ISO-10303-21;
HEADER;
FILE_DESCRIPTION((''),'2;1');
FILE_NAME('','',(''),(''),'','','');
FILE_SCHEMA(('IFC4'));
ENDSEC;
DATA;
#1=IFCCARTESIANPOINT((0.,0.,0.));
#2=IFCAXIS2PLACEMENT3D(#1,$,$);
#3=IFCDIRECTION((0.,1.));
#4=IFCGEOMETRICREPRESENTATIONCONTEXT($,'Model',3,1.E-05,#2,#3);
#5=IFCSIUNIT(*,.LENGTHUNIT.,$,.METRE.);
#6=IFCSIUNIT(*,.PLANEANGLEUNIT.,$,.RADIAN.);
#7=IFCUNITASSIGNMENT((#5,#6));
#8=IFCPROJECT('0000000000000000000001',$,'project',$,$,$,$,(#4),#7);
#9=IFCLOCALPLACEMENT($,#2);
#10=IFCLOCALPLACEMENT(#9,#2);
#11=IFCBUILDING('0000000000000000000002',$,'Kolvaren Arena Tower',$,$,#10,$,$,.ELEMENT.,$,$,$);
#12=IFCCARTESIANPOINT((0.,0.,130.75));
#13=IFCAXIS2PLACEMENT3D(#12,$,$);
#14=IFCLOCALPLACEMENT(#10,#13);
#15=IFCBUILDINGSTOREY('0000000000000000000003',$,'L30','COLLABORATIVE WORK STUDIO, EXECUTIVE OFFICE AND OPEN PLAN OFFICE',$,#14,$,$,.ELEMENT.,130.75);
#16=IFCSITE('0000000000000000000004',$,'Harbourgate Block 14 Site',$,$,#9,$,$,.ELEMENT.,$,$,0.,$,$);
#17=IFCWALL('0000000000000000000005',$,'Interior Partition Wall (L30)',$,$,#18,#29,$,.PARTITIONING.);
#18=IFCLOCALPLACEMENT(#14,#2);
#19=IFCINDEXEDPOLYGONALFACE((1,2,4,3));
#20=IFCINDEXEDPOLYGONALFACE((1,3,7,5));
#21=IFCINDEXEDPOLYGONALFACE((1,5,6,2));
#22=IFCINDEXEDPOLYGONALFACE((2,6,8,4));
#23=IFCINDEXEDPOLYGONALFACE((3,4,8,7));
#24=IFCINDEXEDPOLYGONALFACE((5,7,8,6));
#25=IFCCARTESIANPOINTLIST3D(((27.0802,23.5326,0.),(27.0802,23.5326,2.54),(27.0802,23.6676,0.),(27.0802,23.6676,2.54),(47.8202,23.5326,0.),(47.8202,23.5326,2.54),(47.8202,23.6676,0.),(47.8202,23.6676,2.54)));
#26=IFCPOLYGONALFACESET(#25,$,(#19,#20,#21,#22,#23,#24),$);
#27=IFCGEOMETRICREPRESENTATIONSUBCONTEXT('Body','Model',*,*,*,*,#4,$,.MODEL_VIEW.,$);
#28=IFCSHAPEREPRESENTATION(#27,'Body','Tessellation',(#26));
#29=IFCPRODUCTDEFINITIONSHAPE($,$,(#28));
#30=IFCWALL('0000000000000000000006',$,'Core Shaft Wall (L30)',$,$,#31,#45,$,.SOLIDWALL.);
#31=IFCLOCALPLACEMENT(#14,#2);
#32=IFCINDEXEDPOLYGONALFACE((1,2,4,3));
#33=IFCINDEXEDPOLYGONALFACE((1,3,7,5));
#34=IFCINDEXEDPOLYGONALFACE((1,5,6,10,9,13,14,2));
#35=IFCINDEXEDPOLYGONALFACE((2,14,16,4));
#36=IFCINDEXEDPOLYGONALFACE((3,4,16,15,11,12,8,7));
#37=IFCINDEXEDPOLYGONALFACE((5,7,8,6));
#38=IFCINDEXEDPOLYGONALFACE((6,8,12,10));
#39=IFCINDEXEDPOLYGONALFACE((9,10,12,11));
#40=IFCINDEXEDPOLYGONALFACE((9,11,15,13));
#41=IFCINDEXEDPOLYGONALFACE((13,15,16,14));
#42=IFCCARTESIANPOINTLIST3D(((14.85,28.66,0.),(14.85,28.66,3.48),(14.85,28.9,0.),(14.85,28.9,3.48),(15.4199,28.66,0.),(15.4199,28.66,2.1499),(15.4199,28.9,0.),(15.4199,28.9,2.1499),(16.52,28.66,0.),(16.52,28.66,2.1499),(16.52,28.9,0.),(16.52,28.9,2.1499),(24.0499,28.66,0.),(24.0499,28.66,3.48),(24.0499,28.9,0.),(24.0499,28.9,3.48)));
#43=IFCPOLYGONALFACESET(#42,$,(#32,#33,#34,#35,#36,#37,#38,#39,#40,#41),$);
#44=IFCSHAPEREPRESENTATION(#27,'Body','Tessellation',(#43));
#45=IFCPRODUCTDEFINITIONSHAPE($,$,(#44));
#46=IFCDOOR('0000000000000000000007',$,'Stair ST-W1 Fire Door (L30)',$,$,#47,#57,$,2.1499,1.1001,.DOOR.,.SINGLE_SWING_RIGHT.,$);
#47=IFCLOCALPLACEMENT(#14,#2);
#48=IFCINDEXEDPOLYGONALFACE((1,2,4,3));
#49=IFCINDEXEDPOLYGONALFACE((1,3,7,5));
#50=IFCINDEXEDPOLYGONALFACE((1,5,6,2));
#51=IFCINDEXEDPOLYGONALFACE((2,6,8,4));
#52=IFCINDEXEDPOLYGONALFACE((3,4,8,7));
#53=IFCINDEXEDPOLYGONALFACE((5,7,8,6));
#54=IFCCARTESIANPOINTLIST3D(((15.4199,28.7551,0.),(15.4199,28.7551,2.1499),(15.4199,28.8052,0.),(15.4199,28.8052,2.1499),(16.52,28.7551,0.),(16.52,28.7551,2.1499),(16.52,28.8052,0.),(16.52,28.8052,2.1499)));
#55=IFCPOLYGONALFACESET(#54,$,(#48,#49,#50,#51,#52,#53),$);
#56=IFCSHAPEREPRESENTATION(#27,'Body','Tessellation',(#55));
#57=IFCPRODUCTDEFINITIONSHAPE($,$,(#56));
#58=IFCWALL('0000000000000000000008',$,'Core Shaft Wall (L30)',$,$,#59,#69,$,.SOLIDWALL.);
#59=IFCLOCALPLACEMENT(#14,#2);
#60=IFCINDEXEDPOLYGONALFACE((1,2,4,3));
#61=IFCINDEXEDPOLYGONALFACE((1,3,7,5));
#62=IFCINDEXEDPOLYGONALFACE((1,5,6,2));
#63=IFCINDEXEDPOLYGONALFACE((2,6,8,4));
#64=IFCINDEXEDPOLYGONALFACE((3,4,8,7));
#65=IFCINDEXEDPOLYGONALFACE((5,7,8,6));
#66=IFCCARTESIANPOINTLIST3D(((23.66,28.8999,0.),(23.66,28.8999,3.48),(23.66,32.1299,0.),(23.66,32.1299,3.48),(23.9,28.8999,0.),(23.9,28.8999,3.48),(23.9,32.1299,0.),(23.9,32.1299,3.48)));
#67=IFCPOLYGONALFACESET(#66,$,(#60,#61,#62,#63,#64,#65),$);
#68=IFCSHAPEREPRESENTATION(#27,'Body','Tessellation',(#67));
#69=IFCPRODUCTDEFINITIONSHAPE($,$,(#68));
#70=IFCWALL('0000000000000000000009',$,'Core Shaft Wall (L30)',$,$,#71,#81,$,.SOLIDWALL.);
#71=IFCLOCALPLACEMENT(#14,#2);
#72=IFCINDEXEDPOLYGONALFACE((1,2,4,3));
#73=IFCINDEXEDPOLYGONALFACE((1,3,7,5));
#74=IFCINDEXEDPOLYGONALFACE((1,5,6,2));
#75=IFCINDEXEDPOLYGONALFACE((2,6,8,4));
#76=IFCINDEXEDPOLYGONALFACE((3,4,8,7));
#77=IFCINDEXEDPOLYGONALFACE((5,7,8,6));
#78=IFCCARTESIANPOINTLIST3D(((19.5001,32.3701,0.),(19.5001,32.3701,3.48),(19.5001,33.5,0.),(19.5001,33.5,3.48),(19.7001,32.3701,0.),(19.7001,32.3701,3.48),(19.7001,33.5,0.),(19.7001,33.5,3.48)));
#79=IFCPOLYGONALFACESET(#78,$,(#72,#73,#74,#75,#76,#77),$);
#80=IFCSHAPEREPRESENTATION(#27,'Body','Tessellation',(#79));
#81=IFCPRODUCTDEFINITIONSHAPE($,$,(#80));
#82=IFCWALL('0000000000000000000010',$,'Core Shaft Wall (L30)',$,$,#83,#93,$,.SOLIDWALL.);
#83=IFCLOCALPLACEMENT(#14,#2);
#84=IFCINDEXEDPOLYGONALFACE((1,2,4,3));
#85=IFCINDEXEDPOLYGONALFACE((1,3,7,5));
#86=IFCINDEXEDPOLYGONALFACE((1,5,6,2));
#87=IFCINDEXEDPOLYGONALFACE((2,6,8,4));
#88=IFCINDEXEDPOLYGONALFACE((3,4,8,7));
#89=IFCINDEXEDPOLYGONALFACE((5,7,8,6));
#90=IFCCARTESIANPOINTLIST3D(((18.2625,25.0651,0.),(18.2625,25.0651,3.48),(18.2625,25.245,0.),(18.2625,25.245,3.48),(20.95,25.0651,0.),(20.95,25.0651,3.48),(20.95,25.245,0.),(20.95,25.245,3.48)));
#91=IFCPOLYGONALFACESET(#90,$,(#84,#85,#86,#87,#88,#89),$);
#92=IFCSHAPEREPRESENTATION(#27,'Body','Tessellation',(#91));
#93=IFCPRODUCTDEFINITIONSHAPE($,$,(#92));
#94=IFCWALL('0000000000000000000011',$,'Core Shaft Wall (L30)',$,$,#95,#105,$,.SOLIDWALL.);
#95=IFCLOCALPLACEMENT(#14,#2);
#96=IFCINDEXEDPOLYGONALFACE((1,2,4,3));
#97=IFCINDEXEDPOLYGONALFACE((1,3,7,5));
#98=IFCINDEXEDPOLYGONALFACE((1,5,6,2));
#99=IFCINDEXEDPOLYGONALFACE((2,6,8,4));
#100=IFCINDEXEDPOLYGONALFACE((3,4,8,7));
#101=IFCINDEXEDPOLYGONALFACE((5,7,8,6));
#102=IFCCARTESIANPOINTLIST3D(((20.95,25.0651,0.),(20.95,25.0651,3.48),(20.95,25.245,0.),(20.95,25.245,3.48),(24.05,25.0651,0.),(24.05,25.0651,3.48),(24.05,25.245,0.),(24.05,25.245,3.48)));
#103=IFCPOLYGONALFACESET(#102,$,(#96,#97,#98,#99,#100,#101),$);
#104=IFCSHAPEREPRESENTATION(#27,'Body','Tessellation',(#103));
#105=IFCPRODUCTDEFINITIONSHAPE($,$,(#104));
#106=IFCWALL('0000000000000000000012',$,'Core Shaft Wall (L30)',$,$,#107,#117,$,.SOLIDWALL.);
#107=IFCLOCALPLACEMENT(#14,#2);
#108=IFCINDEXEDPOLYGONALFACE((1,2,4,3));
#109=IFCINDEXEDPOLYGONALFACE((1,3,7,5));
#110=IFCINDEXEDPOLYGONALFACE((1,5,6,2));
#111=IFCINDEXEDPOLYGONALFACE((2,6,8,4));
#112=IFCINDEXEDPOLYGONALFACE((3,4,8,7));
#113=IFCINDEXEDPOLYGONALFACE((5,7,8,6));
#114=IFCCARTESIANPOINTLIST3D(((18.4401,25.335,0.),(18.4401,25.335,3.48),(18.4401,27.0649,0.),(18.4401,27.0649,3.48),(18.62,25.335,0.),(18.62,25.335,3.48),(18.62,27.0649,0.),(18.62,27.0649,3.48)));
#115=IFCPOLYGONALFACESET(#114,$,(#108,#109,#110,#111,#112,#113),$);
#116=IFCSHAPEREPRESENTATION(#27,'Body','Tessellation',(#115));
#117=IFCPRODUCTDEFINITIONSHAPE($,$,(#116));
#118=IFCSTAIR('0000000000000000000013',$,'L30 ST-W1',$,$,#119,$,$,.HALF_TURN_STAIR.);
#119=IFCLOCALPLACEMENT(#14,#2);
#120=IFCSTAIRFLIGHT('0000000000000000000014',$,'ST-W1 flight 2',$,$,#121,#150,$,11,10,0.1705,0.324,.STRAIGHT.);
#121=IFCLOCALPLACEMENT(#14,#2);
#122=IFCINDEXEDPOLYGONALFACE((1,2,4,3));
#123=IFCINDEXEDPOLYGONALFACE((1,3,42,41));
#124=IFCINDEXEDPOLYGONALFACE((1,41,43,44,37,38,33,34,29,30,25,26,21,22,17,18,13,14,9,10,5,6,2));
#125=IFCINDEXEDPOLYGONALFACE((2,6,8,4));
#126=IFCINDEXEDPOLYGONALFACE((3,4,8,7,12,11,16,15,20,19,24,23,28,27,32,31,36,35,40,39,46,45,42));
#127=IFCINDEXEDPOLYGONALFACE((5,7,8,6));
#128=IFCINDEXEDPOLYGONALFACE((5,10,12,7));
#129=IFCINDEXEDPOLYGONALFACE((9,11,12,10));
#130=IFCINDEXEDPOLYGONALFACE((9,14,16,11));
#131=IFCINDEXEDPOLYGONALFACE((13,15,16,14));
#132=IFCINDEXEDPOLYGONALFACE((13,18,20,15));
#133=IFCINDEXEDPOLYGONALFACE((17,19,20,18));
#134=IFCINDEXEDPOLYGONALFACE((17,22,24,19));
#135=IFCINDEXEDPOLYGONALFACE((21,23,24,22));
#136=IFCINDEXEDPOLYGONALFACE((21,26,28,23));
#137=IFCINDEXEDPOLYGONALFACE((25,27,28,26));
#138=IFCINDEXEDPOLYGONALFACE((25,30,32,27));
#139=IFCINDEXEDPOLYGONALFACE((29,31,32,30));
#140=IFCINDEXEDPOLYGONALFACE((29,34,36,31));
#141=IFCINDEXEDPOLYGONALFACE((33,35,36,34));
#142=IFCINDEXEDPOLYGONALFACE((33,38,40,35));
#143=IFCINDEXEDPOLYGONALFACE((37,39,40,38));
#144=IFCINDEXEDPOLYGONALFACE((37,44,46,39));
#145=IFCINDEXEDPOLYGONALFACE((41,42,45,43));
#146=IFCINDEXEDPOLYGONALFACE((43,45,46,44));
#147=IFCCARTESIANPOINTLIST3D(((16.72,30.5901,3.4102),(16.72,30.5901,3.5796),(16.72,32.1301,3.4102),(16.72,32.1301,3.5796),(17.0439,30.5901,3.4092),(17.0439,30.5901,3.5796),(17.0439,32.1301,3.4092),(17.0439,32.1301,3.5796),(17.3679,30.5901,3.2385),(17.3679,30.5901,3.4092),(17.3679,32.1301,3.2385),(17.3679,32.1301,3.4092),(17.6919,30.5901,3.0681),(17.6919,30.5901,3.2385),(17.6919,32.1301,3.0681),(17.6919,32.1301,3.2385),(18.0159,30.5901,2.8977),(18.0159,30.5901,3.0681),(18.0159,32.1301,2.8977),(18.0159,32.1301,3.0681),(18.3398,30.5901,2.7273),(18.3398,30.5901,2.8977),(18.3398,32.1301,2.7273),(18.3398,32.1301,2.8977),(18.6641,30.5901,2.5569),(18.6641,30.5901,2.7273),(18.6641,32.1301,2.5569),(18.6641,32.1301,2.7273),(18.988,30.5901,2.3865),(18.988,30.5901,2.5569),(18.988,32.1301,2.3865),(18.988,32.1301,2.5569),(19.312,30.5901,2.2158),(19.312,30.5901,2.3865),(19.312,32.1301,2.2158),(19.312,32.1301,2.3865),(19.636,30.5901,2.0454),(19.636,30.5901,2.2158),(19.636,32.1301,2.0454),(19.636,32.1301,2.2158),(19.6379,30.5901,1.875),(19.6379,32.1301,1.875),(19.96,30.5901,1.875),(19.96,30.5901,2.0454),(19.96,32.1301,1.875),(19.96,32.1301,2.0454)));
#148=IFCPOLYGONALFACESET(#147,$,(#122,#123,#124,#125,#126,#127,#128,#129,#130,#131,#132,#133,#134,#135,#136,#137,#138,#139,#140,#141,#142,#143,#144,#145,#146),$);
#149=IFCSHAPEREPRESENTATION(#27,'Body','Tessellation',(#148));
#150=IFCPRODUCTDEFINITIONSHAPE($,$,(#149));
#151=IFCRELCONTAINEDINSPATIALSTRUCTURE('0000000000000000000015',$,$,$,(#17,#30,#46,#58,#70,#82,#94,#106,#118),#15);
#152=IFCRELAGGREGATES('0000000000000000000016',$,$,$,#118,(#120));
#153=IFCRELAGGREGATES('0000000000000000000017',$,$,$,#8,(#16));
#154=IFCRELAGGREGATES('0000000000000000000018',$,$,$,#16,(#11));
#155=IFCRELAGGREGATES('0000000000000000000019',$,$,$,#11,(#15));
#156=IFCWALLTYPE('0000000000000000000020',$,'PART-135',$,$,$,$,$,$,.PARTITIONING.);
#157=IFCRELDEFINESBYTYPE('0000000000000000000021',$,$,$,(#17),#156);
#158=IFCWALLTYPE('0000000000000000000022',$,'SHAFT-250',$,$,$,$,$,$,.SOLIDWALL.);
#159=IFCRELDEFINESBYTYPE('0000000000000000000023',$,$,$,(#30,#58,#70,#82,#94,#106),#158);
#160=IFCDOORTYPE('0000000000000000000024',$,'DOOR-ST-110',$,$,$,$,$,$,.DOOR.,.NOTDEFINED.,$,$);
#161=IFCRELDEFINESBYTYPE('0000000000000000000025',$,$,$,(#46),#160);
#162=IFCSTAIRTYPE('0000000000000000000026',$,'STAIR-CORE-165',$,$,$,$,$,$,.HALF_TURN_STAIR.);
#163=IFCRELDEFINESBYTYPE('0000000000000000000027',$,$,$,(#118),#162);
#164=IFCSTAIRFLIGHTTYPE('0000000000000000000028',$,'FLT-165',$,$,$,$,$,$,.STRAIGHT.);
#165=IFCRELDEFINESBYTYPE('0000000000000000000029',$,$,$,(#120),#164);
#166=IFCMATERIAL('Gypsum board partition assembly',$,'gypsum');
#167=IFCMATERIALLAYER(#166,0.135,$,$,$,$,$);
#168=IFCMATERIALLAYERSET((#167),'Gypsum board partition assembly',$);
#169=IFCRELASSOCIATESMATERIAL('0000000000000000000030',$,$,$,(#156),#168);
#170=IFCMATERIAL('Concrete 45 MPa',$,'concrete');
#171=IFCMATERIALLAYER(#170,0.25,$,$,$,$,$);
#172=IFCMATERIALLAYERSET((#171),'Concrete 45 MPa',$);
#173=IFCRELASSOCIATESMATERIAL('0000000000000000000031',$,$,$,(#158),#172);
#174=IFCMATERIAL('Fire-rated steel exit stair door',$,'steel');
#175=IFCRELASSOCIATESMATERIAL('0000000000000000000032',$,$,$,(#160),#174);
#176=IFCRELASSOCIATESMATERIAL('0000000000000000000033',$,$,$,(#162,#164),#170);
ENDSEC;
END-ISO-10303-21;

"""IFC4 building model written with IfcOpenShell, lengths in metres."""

from ifc_helpers import new_model, si_unit, direction, frame, frame_2d, origin, place, context, subcontext, project, spatial, polyline, rectangle, outline, extrude, material, layer, layer_set, type_object, element, fill, aggregate, save


model = new_model("IFC4")

# Units and contexts
model_context = context("Model", 3, precision=1e-05, world=origin(), true_north=direction((0.0, 1.0)))
body_context = subcontext(model_context, "Body", "Model", "MODEL_VIEW")
ifc_project = project(units=[si_unit("LENGTHUNIT", "METRE"), si_unit("PLANEANGLEUNIT", "RADIAN")], contexts=[model_context])

# Site, building, storey
site_placement = place(None, origin())
site = spatial("IfcSite", under=ifc_project, at=site_placement, Name="Harbourgate Block 14 Site", CompositionType="ELEMENT", RefElevation=0.0)
building_placement = place(site_placement, origin())
building = spatial("IfcBuilding", under=site, at=building_placement, Name="Kolvaren Arena Tower", CompositionType="ELEMENT")
storey_placement = place(building_placement, frame((0.0, 0.0, 130.75)))
storey = spatial("IfcBuildingStorey", under=building, at=storey_placement, Name="L30", Description="COLLABORATIVE WORK STUDIO, EXECUTIVE OFFICE AND OPEN PLAN OFFICE", CompositionType="ELEMENT", Elevation=130.75)

# Wall
ifc_material_1 = material(Name="Gypsum board partition assembly", Category="gypsum")
ifc_layer_1 = layer(ifc_material_1, 0.135)
ifc_layer_set_1 = layer_set([ifc_layer_1], Name="Gypsum board partition assembly")
wall_type_1 = type_object("IfcWallType", Name="PART-135", PredefinedType="PARTITIONING", material=ifc_layer_set_1)
wall_1_placement = place(storey_placement, frame((27.0801, 23.6001, 0.0), z_axis=(0.0, 0.0, 1.0), x_axis=(1.0, 0.0, 0.0)))
element("IfcWall", 1, at=wall_1_placement, inside=storey, type_object=wall_type_1, Name="Interior Partition Wall (L30)", PredefinedType="PARTITIONING", context=body_context, shape_type="SweptSolid", body=[
    extrude(rectangle(XDim=20.74, YDim=0.135, at=frame_2d((10.3701, 0.0))), origin(), (0.0, 0.0, 1.0), 2.54),
])

# Wall, opening, door
ifc_material_2 = material(Name="Concrete 45 MPa", Category="concrete")
ifc_layer_2 = layer(ifc_material_2, 0.25)
ifc_layer_set_2 = layer_set([ifc_layer_2], Name="Concrete 45 MPa")
wall_type_2 = type_object("IfcWallType", Name="SHAFT-250", PredefinedType="SOLIDWALL", material=ifc_layer_set_2)
wall_2_placement = place(storey_placement, frame((24.05, 28.78, 0.0), z_axis=(0.0, 0.0, 1.0), x_axis=(-1.0, 0.0, 0.0)))
wall_2 = element("IfcWall", 2, at=wall_2_placement, inside=storey, type_object=wall_type_2, Name="Core Shaft Wall (L30)", PredefinedType="SOLIDWALL", context=body_context, shape_type="SweptSolid", body=[
    extrude(rectangle(XDim=9.2, YDim=0.24, at=frame_2d((4.6001, 0.0))), origin(), (0.0, 0.0, 1.0), 3.48),
])
opening_placement = place(wall_2_placement, frame((7.53, 0.0, 0.0)))
opening = element("IfcOpeningElement", 3, at=opening_placement, cuts=wall_2, PredefinedType="OPENING", context=body_context, shape_type="SweptSolid", body=[
    extrude(rectangle(XDim=1.1001, YDim=2.1499, at=frame_2d((0.55, 1.075))), frame((0.0, 0.1299, 0.0), z_axis=(0.0, -1.0, 0.0), x_axis=(1.0, 0.0, 0.0)), (0.0, 0.0, 1.0), 0.26),
])
ifc_material_3 = material(Name="Fire-rated steel exit stair door", Category="steel")
door_type = type_object("IfcDoorType", Name="DOOR-ST-110", OperationType="NOTDEFINED", PredefinedType="DOOR", material=ifc_material_3)
door_placement = place(opening_placement, origin())
door = element("IfcDoor", 4, at=door_placement, inside=storey, type_object=door_type, Name="Stair ST-W1 Fire Door (L30)", OperationType="SINGLE_SWING_RIGHT", OverallHeight=2.1499, OverallWidth=1.1001, PredefinedType="DOOR", context=body_context, shape_type="SweptSolid", body=[
    extrude(rectangle(XDim=1.1001, YDim=2.1499, at=frame_2d((0.55, 1.075))), frame((0.0, 0.0249, 0.0), z_axis=(0.0, -1.0, 0.0), x_axis=(1.0, 0.0, 0.0)), (0.0, 0.0, 1.0), 0.05),
])
fill(opening, door)

# Walls
wall_3_placement = place(storey_placement, frame((23.78, 28.8999, 0.0), z_axis=(0.0, 0.0, 1.0), x_axis=(0.0, 1.0, 0.0)))
element("IfcWall", 5, at=wall_3_placement, inside=storey, type_object=wall_type_2, Name="Core Shaft Wall (L30)", PredefinedType="SOLIDWALL", context=body_context, shape_type="SweptSolid", body=[
    extrude(rectangle(XDim=3.23, YDim=0.24, at=frame_2d((1.615, 0.0))), origin(), (0.0, 0.0, 1.0), 3.48),
])
wall_4_placement = place(storey_placement, frame((19.6001, 32.3701, 0.0), z_axis=(0.0, 0.0, 1.0), x_axis=(0.0, 1.0, 0.0)))
element("IfcWall", 6, at=wall_4_placement, inside=storey, type_object=wall_type_2, Name="Core Shaft Wall (L30)", PredefinedType="SOLIDWALL", context=body_context, shape_type="SweptSolid", body=[
    extrude(rectangle(XDim=1.1299, YDim=0.2, at=frame_2d((0.5649, 0.0))), origin(), (0.0, 0.0, 1.0), 3.48),
])
wall_5_placement = place(storey_placement, frame((18.2625, 25.155, 0.0), z_axis=(0.0, 0.0, 1.0), x_axis=(1.0, 0.0, 0.0)))
element("IfcWall", 7, at=wall_5_placement, inside=storey, type_object=wall_type_2, Name="Core Shaft Wall (L30)", PredefinedType="SOLIDWALL", context=body_context, shape_type="SweptSolid", body=[
    extrude(rectangle(XDim=2.6875, YDim=0.1799, at=frame_2d((1.3438, 0.0))), origin(), (0.0, 0.0, 1.0), 3.48),
])
wall_6_placement = place(storey_placement, frame((20.95, 25.155, 0.0), z_axis=(0.0, 0.0, 1.0), x_axis=(1.0, 0.0, 0.0)))
element("IfcWall", 8, at=wall_6_placement, inside=storey, type_object=wall_type_2, Name="Core Shaft Wall (L30)", PredefinedType="SOLIDWALL", context=body_context, shape_type="SweptSolid", body=[
    extrude(rectangle(XDim=3.1001, YDim=0.1799, at=frame_2d((1.55, 0.0))), origin(), (0.0, 0.0, 1.0), 3.48),
])
wall_7_placement = place(storey_placement, frame((18.53, 25.335, 0.0), z_axis=(0.0, 0.0, 1.0), x_axis=(0.0, 1.0, 0.0)))
element("IfcWall", 9, at=wall_7_placement, inside=storey, type_object=wall_type_2, Name="Core Shaft Wall (L30)", PredefinedType="SOLIDWALL", context=body_context, shape_type="SweptSolid", body=[
    extrude(rectangle(XDim=1.73, YDim=0.1799, at=frame_2d((0.865, 0.0))), origin(), (0.0, 0.0, 1.0), 3.48),
])

# Stair, stair flight
stair_type = type_object("IfcStairType", Name="STAIR-CORE-165", PredefinedType="HALF_TURN_STAIR", material=ifc_material_2)
stair_placement = place(storey_placement, origin())
stair = element("IfcStair", 10, at=stair_placement, inside=storey, type_object=stair_type, Name="L30 ST-W1", PredefinedType="HALF_TURN_STAIR")
stair_flight_type = type_object("IfcStairFlightType", Name="FLT-165", PredefinedType="STRAIGHT", material=ifc_material_2)
stair_flight_placement = place(storey_placement, frame((19.96, 31.3601, 1.875), z_axis=(0.0, 0.0, 1.0), x_axis=(-1.0, 0.0, 0.0)))
stair_flight = element("IfcStairFlight", 11, at=stair_flight_placement, type_object=stair_flight_type, Name="ST-W1 flight 2", NumberOfRisers=11, NumberOfTreads=10, PredefinedType="STRAIGHT", RiserHeight=0.1705, TreadLength=0.324, context=body_context, shape_type="SweptSolid", body=[
    extrude(outline(polyline([(0.0, 0.0), (0.0, 0.1704), (0.324, 0.1704), (0.324, 0.3408), (0.6479, 0.3408), (0.6479, 0.5115), (0.9719, 0.5115), (0.9719, 0.6819), (1.2959, 0.6819), (1.2959, 0.8523), (1.6201, 0.8523), (1.6201, 1.0227), (1.9441, 1.0227), (1.9441, 1.1931), (2.2681, 1.1931), (2.2681, 1.3635), (2.592, 1.3635), (2.592, 1.5342), (2.916, 1.5342), (2.916, 1.7046), (3.24, 1.7046), (3.24, 1.875), (3.24, 1.5352), (0.322, 0.0), (0.0, 0.0)])), frame((0.0, 0.77, 0.0), z_axis=(0.0, -1.0, 0.0), x_axis=(1.0, 0.0, 0.0)), (0.0, 0.0, 1.0), 1.54),
])
aggregate(stair, [stair_flight])

save(model, "model.ifc")
